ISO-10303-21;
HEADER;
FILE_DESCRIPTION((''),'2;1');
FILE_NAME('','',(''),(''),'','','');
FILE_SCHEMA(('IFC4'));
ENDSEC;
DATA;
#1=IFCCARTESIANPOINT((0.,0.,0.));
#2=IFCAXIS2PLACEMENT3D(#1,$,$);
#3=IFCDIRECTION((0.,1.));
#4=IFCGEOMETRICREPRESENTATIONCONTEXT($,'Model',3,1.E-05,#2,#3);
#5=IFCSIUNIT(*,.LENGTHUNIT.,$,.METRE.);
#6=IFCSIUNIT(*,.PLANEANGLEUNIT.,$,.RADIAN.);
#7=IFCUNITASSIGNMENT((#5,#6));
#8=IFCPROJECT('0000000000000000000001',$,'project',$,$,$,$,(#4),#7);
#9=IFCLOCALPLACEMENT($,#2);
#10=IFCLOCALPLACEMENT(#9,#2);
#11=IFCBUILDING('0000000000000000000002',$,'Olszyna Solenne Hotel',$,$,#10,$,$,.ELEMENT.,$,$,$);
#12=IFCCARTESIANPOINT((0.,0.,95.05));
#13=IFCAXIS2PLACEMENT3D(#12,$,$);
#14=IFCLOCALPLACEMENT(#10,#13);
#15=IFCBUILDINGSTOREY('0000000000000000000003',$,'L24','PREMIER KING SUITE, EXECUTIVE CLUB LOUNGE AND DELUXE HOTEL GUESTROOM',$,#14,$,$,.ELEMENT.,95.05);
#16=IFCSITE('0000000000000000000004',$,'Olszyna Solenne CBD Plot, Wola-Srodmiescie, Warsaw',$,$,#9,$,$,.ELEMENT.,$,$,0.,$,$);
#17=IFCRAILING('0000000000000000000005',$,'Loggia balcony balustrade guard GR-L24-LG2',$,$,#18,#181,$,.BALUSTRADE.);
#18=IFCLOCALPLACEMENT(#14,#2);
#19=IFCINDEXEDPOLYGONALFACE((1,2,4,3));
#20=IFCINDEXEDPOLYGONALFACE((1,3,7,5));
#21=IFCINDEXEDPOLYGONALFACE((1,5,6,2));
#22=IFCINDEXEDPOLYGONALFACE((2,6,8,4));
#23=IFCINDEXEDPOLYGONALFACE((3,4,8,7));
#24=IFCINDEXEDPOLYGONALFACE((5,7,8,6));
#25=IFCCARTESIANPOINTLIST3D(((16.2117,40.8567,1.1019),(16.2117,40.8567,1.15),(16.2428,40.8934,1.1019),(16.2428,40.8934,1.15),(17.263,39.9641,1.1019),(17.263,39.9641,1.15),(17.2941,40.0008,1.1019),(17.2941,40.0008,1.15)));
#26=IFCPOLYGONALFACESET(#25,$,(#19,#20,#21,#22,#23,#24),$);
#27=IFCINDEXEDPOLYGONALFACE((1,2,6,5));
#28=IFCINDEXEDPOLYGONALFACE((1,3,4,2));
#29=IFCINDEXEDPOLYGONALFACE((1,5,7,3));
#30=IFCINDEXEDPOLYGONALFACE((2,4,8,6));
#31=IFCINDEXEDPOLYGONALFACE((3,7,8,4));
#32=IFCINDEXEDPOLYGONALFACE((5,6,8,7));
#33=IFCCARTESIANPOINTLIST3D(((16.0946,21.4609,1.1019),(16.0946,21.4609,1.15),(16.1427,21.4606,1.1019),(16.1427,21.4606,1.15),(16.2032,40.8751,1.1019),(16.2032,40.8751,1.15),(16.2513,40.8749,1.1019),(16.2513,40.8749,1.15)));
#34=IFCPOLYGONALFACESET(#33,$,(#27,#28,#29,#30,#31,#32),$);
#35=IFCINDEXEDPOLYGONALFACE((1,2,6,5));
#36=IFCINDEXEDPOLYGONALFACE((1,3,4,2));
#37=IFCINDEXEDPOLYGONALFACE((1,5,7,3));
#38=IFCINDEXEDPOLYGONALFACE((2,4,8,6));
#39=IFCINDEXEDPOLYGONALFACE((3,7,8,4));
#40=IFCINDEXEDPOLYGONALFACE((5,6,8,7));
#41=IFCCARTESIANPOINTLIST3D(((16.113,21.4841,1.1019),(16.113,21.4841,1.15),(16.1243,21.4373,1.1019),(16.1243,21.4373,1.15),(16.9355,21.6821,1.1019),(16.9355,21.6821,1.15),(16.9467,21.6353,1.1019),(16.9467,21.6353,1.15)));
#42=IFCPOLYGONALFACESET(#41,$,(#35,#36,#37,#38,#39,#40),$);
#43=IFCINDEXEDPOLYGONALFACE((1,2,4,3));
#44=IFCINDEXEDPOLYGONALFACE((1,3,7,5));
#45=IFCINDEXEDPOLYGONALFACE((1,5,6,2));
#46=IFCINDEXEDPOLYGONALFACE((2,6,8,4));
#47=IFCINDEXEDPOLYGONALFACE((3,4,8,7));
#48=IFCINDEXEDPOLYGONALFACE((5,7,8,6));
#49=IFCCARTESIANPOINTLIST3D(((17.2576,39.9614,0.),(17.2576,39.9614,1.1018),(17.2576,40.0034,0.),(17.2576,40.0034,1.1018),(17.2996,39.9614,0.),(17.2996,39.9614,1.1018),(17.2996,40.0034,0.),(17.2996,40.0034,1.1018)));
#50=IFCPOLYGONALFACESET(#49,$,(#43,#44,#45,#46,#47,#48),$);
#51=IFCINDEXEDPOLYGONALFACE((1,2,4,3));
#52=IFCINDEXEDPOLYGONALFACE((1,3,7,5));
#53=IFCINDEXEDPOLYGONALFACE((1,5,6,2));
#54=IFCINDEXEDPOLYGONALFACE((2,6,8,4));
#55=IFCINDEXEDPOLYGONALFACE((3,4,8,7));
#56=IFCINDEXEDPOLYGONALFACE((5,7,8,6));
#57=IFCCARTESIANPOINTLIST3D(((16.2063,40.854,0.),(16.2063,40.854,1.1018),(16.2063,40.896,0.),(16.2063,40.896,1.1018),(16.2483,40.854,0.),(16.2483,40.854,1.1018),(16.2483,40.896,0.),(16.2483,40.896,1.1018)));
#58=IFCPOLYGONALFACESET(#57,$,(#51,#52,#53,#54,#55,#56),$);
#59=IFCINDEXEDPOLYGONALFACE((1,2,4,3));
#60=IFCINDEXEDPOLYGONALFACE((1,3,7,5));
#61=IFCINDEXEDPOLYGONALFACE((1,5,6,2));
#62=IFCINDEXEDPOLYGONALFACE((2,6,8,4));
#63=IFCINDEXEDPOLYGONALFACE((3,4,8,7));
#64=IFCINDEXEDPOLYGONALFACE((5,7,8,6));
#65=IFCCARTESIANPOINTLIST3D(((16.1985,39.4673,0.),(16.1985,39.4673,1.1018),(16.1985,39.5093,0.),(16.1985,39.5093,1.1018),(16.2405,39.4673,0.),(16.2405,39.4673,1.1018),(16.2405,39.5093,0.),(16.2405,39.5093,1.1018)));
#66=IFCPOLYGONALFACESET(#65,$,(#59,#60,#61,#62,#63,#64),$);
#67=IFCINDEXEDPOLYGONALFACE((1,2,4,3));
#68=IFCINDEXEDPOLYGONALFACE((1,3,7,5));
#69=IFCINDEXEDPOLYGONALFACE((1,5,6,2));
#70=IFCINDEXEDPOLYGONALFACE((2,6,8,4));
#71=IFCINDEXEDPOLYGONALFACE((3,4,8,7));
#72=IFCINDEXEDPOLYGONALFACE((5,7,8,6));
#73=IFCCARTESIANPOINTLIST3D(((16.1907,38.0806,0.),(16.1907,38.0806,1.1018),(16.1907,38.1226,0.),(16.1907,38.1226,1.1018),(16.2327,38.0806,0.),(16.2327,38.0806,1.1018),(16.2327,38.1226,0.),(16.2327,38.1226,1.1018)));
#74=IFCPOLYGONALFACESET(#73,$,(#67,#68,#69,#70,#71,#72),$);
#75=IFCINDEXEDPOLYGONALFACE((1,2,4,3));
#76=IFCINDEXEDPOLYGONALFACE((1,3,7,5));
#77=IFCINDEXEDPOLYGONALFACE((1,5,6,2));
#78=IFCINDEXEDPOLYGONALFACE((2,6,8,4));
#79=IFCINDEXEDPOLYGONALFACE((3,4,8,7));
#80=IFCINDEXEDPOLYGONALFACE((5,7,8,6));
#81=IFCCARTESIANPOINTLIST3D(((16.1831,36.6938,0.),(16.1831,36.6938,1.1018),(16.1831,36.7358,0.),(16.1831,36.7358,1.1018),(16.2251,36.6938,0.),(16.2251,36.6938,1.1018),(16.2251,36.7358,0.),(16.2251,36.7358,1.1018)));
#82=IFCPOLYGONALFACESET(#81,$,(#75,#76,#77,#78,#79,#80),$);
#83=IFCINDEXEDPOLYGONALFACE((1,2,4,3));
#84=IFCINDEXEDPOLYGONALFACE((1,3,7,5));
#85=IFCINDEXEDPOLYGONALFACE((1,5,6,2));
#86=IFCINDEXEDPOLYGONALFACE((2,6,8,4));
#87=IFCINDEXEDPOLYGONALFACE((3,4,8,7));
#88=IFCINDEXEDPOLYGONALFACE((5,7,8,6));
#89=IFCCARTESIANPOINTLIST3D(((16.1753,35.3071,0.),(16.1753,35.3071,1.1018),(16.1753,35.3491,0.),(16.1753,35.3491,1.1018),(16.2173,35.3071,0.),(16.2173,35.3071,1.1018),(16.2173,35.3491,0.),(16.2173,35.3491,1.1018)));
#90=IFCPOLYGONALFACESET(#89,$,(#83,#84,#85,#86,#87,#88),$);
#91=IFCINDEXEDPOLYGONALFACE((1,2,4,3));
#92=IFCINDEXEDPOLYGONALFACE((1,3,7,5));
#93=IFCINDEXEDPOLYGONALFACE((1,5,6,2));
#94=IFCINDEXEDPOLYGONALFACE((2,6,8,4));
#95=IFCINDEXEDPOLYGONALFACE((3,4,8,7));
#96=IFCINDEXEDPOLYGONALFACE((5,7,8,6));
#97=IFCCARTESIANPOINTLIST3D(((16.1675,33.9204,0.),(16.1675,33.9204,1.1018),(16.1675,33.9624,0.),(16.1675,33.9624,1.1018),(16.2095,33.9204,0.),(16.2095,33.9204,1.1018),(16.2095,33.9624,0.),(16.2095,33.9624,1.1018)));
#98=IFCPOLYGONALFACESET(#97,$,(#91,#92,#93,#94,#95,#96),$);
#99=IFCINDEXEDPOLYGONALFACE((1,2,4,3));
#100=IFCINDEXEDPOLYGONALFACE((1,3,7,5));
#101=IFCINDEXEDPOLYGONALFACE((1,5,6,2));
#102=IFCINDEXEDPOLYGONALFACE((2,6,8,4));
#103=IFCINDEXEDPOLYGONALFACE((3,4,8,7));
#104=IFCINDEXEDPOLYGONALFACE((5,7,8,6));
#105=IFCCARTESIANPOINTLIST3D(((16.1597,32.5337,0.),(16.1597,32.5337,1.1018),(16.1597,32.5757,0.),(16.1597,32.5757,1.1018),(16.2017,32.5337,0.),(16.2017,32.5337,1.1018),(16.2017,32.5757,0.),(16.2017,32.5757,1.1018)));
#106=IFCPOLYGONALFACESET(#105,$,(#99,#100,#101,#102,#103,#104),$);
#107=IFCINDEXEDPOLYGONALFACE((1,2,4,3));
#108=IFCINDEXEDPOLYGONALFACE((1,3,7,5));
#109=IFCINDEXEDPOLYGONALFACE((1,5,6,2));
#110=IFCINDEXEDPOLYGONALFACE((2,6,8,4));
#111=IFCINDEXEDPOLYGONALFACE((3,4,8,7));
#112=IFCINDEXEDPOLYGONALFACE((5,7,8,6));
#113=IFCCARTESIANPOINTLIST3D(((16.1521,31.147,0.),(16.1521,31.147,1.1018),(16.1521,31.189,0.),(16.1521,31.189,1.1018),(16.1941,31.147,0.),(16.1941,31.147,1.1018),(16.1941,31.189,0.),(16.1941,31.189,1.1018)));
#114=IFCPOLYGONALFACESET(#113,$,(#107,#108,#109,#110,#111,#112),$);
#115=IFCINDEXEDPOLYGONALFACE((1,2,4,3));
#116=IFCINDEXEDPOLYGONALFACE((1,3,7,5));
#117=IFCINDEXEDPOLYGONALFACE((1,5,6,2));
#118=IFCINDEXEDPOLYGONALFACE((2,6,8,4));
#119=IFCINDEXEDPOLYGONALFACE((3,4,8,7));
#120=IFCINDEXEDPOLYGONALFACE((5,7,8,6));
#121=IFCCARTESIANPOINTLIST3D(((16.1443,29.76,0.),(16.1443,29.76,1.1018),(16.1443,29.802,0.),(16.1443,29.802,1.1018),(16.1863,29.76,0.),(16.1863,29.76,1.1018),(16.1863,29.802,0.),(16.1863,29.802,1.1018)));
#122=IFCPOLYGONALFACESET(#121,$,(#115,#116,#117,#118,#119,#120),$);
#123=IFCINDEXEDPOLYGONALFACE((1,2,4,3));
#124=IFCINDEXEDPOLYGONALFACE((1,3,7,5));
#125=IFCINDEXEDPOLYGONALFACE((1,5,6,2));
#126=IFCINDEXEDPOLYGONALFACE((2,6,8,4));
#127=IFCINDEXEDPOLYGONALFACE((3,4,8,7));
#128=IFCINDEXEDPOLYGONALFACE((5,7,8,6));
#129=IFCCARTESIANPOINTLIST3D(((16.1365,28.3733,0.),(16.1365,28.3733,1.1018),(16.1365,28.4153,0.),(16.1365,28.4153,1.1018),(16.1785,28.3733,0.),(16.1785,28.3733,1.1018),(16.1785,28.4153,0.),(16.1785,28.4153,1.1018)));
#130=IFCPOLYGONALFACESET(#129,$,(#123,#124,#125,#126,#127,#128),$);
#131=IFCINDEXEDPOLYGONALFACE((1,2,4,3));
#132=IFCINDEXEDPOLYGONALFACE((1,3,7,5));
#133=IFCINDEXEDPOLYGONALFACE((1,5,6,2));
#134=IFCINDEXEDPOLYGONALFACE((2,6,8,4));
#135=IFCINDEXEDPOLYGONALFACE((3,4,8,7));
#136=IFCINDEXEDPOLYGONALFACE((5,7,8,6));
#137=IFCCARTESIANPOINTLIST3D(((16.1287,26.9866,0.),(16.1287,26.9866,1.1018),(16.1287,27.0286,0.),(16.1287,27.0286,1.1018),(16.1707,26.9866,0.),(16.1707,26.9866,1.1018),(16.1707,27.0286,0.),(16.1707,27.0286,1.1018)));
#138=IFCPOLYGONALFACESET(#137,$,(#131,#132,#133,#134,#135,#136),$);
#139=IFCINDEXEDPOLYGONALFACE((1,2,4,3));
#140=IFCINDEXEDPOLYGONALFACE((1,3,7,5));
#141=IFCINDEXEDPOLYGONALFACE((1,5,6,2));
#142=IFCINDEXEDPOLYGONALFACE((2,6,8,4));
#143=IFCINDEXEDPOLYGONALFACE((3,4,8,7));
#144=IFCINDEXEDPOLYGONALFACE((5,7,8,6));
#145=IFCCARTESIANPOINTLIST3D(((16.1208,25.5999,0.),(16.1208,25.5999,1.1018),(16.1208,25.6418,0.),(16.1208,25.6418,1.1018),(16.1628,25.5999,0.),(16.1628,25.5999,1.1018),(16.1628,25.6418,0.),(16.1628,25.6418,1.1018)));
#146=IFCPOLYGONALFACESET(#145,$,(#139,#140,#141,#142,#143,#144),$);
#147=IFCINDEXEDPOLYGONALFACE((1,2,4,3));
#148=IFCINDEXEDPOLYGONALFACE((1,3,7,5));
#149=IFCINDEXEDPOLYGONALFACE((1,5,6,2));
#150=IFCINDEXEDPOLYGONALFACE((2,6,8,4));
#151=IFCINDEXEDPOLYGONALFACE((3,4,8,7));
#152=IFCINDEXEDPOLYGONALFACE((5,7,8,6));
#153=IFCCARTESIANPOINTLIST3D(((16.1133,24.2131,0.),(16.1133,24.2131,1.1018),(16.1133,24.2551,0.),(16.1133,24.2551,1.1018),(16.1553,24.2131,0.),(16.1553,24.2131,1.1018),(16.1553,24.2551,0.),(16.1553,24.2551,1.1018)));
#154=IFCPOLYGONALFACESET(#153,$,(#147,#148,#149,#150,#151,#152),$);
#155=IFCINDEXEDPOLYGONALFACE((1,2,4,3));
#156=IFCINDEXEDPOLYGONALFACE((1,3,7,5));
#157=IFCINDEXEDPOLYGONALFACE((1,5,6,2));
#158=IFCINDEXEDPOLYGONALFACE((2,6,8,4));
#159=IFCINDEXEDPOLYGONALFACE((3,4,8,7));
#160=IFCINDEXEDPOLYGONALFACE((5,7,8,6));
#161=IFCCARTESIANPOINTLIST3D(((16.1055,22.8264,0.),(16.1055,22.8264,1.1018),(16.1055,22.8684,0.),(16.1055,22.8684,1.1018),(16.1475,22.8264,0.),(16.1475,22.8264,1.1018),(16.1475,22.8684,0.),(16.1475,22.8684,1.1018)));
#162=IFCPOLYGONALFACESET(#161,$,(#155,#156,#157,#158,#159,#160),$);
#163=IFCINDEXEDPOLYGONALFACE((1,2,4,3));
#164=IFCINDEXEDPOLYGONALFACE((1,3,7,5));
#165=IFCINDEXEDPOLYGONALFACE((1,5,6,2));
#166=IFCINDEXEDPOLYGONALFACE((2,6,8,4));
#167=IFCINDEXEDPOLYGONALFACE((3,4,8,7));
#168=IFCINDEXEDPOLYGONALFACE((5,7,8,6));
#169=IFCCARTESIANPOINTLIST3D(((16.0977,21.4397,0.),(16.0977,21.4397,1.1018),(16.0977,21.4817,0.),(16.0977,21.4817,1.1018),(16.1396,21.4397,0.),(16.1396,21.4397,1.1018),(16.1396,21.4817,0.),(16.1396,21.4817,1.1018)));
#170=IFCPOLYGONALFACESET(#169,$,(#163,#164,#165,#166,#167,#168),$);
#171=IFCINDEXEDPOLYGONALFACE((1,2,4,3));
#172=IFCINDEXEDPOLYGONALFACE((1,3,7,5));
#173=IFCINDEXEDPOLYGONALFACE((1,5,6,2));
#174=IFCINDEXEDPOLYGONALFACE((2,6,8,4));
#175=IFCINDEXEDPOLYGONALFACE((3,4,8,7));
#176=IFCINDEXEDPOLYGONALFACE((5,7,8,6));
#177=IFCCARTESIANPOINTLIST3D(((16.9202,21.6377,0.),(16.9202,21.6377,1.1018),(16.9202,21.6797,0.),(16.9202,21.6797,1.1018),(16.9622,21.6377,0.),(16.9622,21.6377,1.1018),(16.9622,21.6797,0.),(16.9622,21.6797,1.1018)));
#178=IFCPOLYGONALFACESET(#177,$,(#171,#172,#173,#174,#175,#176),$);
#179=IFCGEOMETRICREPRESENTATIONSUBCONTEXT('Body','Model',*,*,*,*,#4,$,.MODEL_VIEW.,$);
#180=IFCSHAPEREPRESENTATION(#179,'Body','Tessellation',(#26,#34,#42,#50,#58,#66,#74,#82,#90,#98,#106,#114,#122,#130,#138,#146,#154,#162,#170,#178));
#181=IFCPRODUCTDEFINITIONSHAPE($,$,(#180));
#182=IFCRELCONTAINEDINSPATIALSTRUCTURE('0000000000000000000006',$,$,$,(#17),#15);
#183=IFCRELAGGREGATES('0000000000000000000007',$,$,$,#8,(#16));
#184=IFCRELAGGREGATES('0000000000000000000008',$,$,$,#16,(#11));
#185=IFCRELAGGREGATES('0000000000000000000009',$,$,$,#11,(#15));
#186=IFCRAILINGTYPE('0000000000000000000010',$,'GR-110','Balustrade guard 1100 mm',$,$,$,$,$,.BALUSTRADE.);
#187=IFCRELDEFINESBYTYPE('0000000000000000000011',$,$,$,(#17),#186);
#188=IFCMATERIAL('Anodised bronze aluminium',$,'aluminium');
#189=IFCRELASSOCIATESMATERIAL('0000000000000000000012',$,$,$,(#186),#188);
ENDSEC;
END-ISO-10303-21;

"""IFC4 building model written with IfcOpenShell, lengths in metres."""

from ifc_helpers import new_model, si_unit, direction, frame, origin, origin_2d, place, context, subcontext, project, spatial, rectangle, extrude, material, type_object, element, save


model = new_model("IFC4")

# Units and contexts
model_context = context("Model", 3, precision=1e-05, world=origin(), true_north=direction((0.0, 1.0)))
body_context = subcontext(model_context, "Body", "Model", "MODEL_VIEW")
ifc_project = project(units=[si_unit("LENGTHUNIT", "METRE"), si_unit("PLANEANGLEUNIT", "RADIAN")], contexts=[model_context])

# Site, building, storey
site_placement = place(None, origin())
site = spatial("IfcSite", under=ifc_project, at=site_placement, Name="Olszyna Solenne CBD Plot, Wola-Srodmiescie, Warsaw", CompositionType="ELEMENT", RefElevation=0.0)
building_placement = place(site_placement, origin())
building = spatial("IfcBuilding", under=site, at=building_placement, Name="Olszyna Solenne Hotel", CompositionType="ELEMENT")
storey_placement = place(building_placement, frame((0.0, 0.0, 95.05)))
storey = spatial("IfcBuildingStorey", under=building, at=storey_placement, Name="L24", Description="PREMIER KING SUITE, EXECUTIVE CLUB LOUNGE AND DELUXE HOTEL GUESTROOM", CompositionType="ELEMENT", Elevation=95.05)

# Shared definitions
ifc_material_1 = material(Name="Anodised bronze aluminium", Category="aluminium")

# Railing
railing_type = type_object("IfcRailingType", Name="GR-110", Description="Balustrade guard 1100 mm", PredefinedType="BALUSTRADE", material=ifc_material_1)
railing_placement = place(storey_placement, frame((17.2786, 39.9824, 0.0)))
element("IfcRailing", 1, at=railing_placement, inside=storey, type_object=railing_type, Name="Loggia balcony balustrade guard GR-L24-LG2", PredefinedType="BALUSTRADE", context=body_context, shape_type="SweptSolid", body=[
    extrude(rectangle(XDim=0.0481, YDim=0.0481, at=origin_2d()), frame((0.0, 0.0, 1.126), z_axis=(-0.762297, 0.647227, 0.0), x_axis=(-0.647227, -0.762297, 0.0)), (0.0, 0.0, 1.0), 1.3792),
    extrude(rectangle(XDim=0.0481, YDim=0.0481, at=origin_2d()), frame((-1.0513, 0.8926, 1.126), z_axis=(-0.005596, -0.999984, 0.0), x_axis=(0.999984, -0.005596, 0.0)), (0.0, 0.0, 1.0), 19.4146),
    extrude(rectangle(XDim=0.0481, YDim=0.0481, at=origin_2d()), frame((-1.1599, -18.5217, 1.126), z_axis=(0.972227, 0.234039, 0.0), x_axis=(-0.234039, 0.972227, 0.0)), (0.0, 0.0, 1.0), 0.8459),
    extrude(rectangle(XDim=0.042, YDim=0.042, at=origin_2d()), origin(), (0.0, 0.0, 1.0), 1.1018),
    extrude(rectangle(XDim=0.042, YDim=0.042, at=origin_2d()), frame((-1.0513, 0.8926, 0.0)), (0.0, 0.0, 1.0), 1.1018),
    extrude(rectangle(XDim=0.042, YDim=0.042, at=origin_2d()), frame((-1.0591, -0.4941, 0.0)), (0.0, 0.0, 1.0), 1.1018),
    extrude(rectangle(XDim=0.042, YDim=0.042, at=origin_2d()), frame((-1.0669, -1.8809, 0.0)), (0.0, 0.0, 1.0), 1.1018),
    extrude(rectangle(XDim=0.042, YDim=0.042, at=origin_2d()), frame((-1.0745, -3.2676, 0.0)), (0.0, 0.0, 1.0), 1.1018),
    extrude(rectangle(XDim=0.042, YDim=0.042, at=origin_2d()), frame((-1.0823, -4.6543, 0.0)), (0.0, 0.0, 1.0), 1.1018),
    extrude(rectangle(XDim=0.042, YDim=0.042, at=origin_2d()), frame((-1.0901, -6.041, 0.0)), (0.0, 0.0, 1.0), 1.1018),
    extrude(rectangle(XDim=0.042, YDim=0.042, at=origin_2d()), frame((-1.0979, -7.4277, 0.0)), (0.0, 0.0, 1.0), 1.1018),
    extrude(rectangle(XDim=0.042, YDim=0.042, at=origin_2d()), frame((-1.1055, -8.8145, 0.0)), (0.0, 0.0, 1.0), 1.1018),
    extrude(rectangle(XDim=0.042, YDim=0.042, at=origin_2d()), frame((-1.1133, -10.2014, 0.0)), (0.0, 0.0, 1.0), 1.1018),
    extrude(rectangle(XDim=0.042, YDim=0.042, at=origin_2d()), frame((-1.1211, -11.5881, 0.0)), (0.0, 0.0, 1.0), 1.1018),
    extrude(rectangle(XDim=0.042, YDim=0.042, at=origin_2d()), frame((-1.1289, -12.9749, 0.0)), (0.0, 0.0, 1.0), 1.1018),
    extrude(rectangle(XDim=0.042, YDim=0.042, at=origin_2d()), frame((-1.1367, -14.3616, 0.0)), (0.0, 0.0, 1.0), 1.1018),
    extrude(rectangle(XDim=0.042, YDim=0.042, at=origin_2d()), frame((-1.1443, -15.7483, 0.0)), (0.0, 0.0, 1.0), 1.1018),
    extrude(rectangle(XDim=0.042, YDim=0.042, at=origin_2d()), frame((-1.1521, -17.135, 0.0)), (0.0, 0.0, 1.0), 1.1018),
    extrude(rectangle(XDim=0.042, YDim=0.042, at=origin_2d()), frame((-1.1599, -18.5217, 0.0)), (0.0, 0.0, 1.0), 1.1018),
    extrude(rectangle(XDim=0.042, YDim=0.042, at=origin_2d()), frame((-0.3374, -18.3237, 0.0)), (0.0, 0.0, 1.0), 1.1018),
])

save(model, "model.ifc")
